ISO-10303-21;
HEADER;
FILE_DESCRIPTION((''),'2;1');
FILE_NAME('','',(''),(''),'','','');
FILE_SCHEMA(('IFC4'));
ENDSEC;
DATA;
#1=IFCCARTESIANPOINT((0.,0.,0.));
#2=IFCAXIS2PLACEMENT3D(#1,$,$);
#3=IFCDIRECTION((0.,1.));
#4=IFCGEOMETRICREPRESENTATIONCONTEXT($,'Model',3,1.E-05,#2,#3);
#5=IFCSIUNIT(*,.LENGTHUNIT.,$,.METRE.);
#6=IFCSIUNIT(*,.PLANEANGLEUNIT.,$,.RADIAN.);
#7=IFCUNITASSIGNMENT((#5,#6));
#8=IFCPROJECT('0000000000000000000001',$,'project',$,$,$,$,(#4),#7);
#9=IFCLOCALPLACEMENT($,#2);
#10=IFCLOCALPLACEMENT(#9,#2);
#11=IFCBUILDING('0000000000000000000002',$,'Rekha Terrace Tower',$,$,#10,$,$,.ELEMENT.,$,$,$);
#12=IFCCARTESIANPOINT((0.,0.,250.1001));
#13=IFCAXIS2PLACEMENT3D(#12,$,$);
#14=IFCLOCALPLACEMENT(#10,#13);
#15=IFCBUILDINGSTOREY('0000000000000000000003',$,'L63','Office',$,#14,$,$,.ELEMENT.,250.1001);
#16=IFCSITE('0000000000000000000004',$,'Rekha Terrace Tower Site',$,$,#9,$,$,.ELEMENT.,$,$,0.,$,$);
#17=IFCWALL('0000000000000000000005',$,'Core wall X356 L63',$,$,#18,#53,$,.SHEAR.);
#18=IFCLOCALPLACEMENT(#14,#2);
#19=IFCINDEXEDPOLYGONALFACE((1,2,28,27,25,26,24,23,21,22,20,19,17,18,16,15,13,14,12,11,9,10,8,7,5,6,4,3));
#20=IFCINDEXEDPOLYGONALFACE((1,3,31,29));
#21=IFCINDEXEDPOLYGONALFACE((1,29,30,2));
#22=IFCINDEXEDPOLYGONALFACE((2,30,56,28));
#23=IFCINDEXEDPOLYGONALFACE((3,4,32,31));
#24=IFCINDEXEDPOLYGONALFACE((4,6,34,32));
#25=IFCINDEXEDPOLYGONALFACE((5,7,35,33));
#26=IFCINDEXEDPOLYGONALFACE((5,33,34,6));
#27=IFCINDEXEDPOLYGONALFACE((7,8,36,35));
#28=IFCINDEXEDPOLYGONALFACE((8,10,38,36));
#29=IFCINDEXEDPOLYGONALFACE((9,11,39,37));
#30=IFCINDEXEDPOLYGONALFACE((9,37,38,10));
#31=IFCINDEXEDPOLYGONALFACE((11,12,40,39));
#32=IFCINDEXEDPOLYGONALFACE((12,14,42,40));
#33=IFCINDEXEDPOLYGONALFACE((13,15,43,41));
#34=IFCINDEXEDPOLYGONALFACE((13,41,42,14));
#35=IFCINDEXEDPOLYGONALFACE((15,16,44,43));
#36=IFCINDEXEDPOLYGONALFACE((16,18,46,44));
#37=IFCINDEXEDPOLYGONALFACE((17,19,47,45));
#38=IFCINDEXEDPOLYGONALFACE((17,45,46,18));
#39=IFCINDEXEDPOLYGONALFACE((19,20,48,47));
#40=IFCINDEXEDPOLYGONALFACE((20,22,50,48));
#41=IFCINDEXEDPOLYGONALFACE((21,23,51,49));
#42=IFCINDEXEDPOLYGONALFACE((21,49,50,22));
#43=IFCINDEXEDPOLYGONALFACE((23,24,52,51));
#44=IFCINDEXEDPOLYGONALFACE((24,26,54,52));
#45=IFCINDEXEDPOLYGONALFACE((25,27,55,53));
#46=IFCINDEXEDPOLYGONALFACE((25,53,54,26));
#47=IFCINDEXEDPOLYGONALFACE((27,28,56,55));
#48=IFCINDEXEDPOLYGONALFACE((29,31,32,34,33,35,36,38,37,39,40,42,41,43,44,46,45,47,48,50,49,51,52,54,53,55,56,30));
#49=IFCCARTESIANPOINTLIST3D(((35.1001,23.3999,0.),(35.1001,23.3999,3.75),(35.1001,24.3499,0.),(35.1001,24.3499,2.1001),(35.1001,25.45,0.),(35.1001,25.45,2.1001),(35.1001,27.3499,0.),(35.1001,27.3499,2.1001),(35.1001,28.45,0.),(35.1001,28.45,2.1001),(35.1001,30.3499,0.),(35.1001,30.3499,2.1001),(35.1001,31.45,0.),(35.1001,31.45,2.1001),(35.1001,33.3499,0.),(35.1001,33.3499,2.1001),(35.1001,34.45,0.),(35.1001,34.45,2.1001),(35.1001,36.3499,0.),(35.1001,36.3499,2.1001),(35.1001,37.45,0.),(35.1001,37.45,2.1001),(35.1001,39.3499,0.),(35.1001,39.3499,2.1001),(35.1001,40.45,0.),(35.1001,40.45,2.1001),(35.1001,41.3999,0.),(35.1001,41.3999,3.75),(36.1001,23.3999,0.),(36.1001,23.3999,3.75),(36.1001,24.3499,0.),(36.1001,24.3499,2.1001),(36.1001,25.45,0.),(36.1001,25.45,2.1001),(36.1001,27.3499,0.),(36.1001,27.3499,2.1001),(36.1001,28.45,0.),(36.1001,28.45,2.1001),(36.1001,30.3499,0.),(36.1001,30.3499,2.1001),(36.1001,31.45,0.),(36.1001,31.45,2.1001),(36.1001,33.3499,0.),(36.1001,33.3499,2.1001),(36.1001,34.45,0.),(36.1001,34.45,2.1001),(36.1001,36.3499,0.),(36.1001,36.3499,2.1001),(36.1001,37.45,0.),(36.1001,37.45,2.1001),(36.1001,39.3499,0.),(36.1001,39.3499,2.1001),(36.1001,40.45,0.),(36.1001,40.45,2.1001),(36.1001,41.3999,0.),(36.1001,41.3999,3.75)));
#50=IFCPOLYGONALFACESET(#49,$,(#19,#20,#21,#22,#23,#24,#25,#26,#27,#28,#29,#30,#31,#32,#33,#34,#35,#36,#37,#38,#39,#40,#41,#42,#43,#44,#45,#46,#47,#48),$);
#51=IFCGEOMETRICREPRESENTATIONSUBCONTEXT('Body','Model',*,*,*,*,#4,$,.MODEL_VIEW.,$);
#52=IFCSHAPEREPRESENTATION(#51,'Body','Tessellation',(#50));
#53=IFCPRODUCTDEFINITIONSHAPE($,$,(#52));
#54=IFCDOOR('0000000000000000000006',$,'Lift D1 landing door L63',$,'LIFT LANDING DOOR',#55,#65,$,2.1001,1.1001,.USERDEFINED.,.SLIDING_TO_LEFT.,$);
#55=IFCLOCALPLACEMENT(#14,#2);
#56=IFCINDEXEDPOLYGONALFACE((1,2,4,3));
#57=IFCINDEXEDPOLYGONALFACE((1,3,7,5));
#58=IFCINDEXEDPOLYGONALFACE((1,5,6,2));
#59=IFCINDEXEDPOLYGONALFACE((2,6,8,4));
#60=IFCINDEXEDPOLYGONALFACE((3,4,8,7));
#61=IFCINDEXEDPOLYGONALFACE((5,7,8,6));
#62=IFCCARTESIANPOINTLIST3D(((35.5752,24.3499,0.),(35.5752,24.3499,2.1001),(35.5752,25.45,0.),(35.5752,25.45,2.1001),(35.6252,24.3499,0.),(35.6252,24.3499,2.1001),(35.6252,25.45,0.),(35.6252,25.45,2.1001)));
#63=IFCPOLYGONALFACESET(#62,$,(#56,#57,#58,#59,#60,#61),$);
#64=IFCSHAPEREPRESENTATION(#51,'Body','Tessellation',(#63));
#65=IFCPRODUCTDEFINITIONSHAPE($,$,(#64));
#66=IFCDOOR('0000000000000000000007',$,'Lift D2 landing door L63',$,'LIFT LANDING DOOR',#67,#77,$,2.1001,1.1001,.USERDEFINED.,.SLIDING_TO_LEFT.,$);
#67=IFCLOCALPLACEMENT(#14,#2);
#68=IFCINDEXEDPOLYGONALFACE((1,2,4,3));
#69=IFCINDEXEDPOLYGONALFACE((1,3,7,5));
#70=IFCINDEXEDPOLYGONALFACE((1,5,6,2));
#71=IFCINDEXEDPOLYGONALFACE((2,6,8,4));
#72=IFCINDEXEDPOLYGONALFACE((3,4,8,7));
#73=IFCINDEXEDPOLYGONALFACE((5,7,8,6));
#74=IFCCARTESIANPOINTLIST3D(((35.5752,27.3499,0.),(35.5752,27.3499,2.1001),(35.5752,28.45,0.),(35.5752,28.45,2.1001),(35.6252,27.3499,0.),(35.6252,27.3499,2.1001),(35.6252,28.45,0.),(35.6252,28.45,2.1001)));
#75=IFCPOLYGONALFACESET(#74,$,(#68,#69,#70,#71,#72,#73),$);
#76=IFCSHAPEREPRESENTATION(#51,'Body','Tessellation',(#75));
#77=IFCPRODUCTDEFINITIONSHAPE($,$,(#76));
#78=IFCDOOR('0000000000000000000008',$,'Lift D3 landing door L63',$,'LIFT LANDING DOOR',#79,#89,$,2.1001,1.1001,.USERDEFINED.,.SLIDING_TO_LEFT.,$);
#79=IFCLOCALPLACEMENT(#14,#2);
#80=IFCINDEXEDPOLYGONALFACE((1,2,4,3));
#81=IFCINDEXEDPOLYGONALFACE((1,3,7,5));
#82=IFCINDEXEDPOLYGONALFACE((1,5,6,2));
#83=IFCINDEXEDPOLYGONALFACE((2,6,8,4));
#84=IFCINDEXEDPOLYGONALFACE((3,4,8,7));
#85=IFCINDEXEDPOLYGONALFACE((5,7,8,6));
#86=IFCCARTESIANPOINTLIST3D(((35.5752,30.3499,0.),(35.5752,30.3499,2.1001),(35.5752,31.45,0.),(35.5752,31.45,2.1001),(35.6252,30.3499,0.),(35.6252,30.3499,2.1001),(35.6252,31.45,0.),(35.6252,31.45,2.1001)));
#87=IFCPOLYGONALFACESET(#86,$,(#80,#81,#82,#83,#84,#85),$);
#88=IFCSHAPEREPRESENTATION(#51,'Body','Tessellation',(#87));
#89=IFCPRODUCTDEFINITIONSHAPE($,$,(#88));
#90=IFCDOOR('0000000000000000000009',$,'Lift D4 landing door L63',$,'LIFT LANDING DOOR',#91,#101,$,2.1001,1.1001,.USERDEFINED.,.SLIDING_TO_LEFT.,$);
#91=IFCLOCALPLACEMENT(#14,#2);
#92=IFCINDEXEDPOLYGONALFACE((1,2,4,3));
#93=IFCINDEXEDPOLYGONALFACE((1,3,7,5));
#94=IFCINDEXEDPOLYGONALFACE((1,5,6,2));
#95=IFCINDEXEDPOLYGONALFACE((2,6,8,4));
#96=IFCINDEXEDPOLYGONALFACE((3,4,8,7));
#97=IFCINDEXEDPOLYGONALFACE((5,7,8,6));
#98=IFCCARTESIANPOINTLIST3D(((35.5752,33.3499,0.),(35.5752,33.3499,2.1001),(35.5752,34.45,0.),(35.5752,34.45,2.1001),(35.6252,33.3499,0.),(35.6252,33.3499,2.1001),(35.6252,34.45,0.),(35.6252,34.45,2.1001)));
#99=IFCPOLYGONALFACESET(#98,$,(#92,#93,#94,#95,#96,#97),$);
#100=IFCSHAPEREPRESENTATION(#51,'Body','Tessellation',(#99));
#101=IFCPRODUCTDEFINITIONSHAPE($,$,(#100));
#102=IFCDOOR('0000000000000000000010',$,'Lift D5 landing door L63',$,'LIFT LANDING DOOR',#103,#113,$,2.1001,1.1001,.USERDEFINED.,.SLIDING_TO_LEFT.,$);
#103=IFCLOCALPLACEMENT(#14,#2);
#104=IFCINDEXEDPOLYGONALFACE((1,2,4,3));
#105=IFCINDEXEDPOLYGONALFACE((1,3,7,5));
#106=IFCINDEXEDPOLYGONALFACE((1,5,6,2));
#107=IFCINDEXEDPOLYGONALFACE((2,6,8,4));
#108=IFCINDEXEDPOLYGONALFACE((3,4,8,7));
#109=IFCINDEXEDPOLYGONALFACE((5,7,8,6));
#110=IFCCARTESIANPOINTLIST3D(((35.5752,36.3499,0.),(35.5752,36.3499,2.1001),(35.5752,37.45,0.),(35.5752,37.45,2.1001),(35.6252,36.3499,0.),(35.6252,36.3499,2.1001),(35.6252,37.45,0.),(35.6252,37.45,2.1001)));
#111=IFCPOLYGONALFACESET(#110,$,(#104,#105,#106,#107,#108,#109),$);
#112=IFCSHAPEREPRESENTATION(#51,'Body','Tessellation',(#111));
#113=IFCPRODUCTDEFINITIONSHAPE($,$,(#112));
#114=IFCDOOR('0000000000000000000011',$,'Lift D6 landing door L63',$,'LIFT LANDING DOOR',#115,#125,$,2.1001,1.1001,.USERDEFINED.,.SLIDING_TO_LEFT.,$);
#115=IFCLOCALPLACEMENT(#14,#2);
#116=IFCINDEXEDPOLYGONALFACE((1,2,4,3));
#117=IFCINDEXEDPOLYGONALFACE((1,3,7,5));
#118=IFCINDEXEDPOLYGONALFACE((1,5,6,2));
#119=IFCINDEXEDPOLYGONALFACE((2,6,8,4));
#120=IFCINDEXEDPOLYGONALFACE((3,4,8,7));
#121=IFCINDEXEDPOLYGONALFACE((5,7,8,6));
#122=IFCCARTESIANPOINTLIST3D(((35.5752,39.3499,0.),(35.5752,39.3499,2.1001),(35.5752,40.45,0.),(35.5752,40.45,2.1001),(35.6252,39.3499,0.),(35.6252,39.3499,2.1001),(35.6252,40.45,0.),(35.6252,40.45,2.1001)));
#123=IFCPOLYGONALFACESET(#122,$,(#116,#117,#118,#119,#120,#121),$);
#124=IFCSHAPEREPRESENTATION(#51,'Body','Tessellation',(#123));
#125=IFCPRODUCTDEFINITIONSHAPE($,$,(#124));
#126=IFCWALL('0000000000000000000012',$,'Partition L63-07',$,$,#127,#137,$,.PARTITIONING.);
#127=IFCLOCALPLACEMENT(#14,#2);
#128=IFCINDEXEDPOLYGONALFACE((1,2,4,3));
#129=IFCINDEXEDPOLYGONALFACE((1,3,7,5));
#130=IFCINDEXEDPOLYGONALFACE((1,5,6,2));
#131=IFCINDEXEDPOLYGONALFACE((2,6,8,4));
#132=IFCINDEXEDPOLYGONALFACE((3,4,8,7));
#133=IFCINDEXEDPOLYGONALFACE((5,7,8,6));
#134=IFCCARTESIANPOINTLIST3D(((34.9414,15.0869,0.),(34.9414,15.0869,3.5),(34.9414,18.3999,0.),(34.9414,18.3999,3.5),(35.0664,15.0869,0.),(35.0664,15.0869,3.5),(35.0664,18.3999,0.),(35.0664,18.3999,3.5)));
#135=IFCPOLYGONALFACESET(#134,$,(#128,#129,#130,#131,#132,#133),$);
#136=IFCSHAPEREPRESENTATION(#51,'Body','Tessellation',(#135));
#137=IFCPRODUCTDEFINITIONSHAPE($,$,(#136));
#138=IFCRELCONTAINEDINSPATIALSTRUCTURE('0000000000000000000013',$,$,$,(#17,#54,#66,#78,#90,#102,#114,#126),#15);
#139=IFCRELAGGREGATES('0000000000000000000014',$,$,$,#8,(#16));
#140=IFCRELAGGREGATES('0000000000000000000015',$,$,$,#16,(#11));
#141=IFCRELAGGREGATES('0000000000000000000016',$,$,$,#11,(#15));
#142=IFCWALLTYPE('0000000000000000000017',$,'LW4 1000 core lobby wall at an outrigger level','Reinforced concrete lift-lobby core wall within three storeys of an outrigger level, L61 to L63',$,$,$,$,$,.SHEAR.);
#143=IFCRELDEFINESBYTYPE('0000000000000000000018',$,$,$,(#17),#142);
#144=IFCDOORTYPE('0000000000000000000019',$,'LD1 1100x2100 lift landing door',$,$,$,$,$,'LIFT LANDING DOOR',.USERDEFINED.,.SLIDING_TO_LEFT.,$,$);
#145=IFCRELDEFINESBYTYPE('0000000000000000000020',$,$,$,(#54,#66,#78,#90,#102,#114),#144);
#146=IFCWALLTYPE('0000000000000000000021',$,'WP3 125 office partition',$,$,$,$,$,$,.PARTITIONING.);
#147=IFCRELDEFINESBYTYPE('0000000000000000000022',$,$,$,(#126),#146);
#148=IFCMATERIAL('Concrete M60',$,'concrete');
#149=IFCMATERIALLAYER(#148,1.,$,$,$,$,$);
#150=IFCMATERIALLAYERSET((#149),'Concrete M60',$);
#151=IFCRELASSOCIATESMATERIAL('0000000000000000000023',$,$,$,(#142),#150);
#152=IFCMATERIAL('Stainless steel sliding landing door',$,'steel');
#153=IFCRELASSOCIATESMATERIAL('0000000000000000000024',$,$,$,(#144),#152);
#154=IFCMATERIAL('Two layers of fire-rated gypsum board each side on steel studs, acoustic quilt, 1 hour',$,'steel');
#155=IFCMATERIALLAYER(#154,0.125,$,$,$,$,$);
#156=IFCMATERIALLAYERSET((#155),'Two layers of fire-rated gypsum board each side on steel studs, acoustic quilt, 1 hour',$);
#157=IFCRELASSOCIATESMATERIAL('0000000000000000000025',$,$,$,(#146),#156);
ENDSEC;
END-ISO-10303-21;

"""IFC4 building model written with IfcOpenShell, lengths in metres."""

from ifc_helpers import new_model, si_unit, direction, frame, frame_2d, origin, place, context, subcontext, project, spatial, rectangle, extrude, material, layer, layer_set, type_object, element, fill, save


model = new_model("IFC4")

# Units and contexts
model_context = context("Model", 3, precision=1e-05, world=origin(), true_north=direction((0.0, 1.0)))
body_context = subcontext(model_context, "Body", "Model", "MODEL_VIEW")
ifc_project = project(units=[si_unit("LENGTHUNIT", "METRE"), si_unit("PLANEANGLEUNIT", "RADIAN")], contexts=[model_context])

# Site, building, storey
site_placement = place(None, origin())
site = spatial("IfcSite", under=ifc_project, at=site_placement, Name="Rekha Terrace Tower Site", CompositionType="ELEMENT", RefElevation=0.0)
building_placement = place(site_placement, origin())
building = spatial("IfcBuilding", under=site, at=building_placement, Name="Rekha Terrace Tower", CompositionType="ELEMENT")
storey_placement = place(building_placement, frame((0.0, 0.0, 250.1001)))
storey = spatial("IfcBuildingStorey", under=building, at=storey_placement, Name="L63", Description="Office", CompositionType="ELEMENT", Elevation=250.1001)

# Shared definitions
ifc_material_1 = material(Name="Concrete M60", Category="concrete")

# Wall, openings, doors
ifc_layer_1 = layer(ifc_material_1, 1.0)
ifc_layer_set_1 = layer_set([ifc_layer_1], Name="Concrete M60")
wall_type_1 = type_object("IfcWallType", Name="LW4 1000 core lobby wall at an outrigger level", Description="Reinforced concrete lift-lobby core wall within three storeys of an outrigger level, L61 to L63", PredefinedType="SHEAR", material=ifc_layer_set_1)
wall_1_placement = place(storey_placement, frame((35.6001, 23.3999, 0.0), z_axis=(0.0, 0.0, 1.0), x_axis=(0.0, 1.0, 0.0)))
wall_1 = element("IfcWall", 1, at=wall_1_placement, inside=storey, type_object=wall_type_1, Name="Core wall X356 L63", PredefinedType="SHEAR", context=body_context, shape_type="SweptSolid", body=[
    extrude(rectangle(XDim=18.0, YDim=1.0, at=frame_2d((9.0, 0.0))), origin(), (0.0, 0.0, 1.0), 3.75),
])
opening_1_placement = place(wall_1_placement, frame((0.95, 0.0, 0.0)))
opening_1 = element("IfcOpeningElement", 2, at=opening_1_placement, cuts=wall_1, PredefinedType="OPENING", context=body_context, shape_type="SweptSolid", body=[
    extrude(rectangle(XDim=1.1001, YDim=2.1001, at=frame_2d((0.55, 1.05))), frame((0.0, 0.51, 0.0), z_axis=(0.0, -1.0, 0.0), x_axis=(1.0, 0.0, 0.0)), (0.0, 0.0, 1.0), 1.02),
])
opening_2_placement = place(wall_1_placement, frame((3.95, 0.0, 0.0)))
opening_2 = element("IfcOpeningElement", 3, at=opening_2_placement, cuts=wall_1, PredefinedType="OPENING", context=body_context, shape_type="SweptSolid", body=[
    extrude(rectangle(XDim=1.1001, YDim=2.1001, at=frame_2d((0.55, 1.05))), frame((0.0, 0.51, 0.0), z_axis=(0.0, -1.0, 0.0), x_axis=(1.0, 0.0, 0.0)), (0.0, 0.0, 1.0), 1.02),
])
opening_3_placement = place(wall_1_placement, frame((6.95, 0.0, 0.0)))
opening_3 = element("IfcOpeningElement", 4, at=opening_3_placement, cuts=wall_1, PredefinedType="OPENING", context=body_context, shape_type="SweptSolid", body=[
    extrude(rectangle(XDim=1.1001, YDim=2.1001, at=frame_2d((0.55, 1.05))), frame((0.0, 0.51, 0.0), z_axis=(0.0, -1.0, 0.0), x_axis=(1.0, 0.0, 0.0)), (0.0, 0.0, 1.0), 1.02),
])
opening_4_placement = place(wall_1_placement, frame((9.95, 0.0, 0.0)))
opening_4 = element("IfcOpeningElement", 5, at=opening_4_placement, cuts=wall_1, PredefinedType="OPENING", context=body_context, shape_type="SweptSolid", body=[
    extrude(rectangle(XDim=1.1001, YDim=2.1001, at=frame_2d((0.55, 1.05))), frame((0.0, 0.51, 0.0), z_axis=(0.0, -1.0, 0.0), x_axis=(1.0, 0.0, 0.0)), (0.0, 0.0, 1.0), 1.02),
])
opening_5_placement = place(wall_1_placement, frame((12.95, 0.0, 0.0)))
opening_5 = element("IfcOpeningElement", 6, at=opening_5_placement, cuts=wall_1, PredefinedType="OPENING", context=body_context, shape_type="SweptSolid", body=[
    extrude(rectangle(XDim=1.1001, YDim=2.1001, at=frame_2d((0.55, 1.05))), frame((0.0, 0.51, 0.0), z_axis=(0.0, -1.0, 0.0), x_axis=(1.0, 0.0, 0.0)), (0.0, 0.0, 1.0), 1.02),
])
opening_6_placement = place(wall_1_placement, frame((15.95, 0.0, 0.0)))
opening_6 = element("IfcOpeningElement", 7, at=opening_6_placement, cuts=wall_1, PredefinedType="OPENING", context=body_context, shape_type="SweptSolid", body=[
    extrude(rectangle(XDim=1.1001, YDim=2.1001, at=frame_2d((0.55, 1.05))), frame((0.0, 0.51, 0.0), z_axis=(0.0, -1.0, 0.0), x_axis=(1.0, 0.0, 0.0)), (0.0, 0.0, 1.0), 1.02),
])
ifc_material_2 = material(Name="Stainless steel sliding landing door", Category="steel")
door_type_1 = type_object("IfcDoorType", Name="LD1 1100x2100 lift landing door", ElementType="LIFT LANDING DOOR", OperationType="SLIDING_TO_LEFT", PredefinedType="USERDEFINED", material=ifc_material_2)
door_1_placement = place(opening_1_placement, origin())
door_1 = element("IfcDoor", 8, at=door_1_placement, inside=storey, type_object=door_type_1, Name="Lift D1 landing door L63", ObjectType="LIFT LANDING DOOR", OperationType="SLIDING_TO_LEFT", OverallHeight=2.1001, OverallWidth=1.1001, PredefinedType="USERDEFINED", context=body_context, shape_type="SweptSolid", body=[
    extrude(rectangle(XDim=1.1001, YDim=2.1001, at=frame_2d((0.55, 1.05))), frame((0.0, 0.0249, 0.0), z_axis=(0.0, -1.0, 0.0), x_axis=(1.0, 0.0, 0.0)), (0.0, 0.0, 1.0), 0.05),
])
fill(opening_1, door_1)
door_2_placement = place(opening_2_placement, origin())
door_2 = element("IfcDoor", 9, at=door_2_placement, inside=storey, type_object=door_type_1, Name="Lift D2 landing door L63", ObjectType="LIFT LANDING DOOR", OperationType="SLIDING_TO_LEFT", OverallHeight=2.1001, OverallWidth=1.1001, PredefinedType="USERDEFINED", context=body_context, shape_type="SweptSolid", body=[
    extrude(rectangle(XDim=1.1001, YDim=2.1001, at=frame_2d((0.55, 1.05))), frame((0.0, 0.0249, 0.0), z_axis=(0.0, -1.0, 0.0), x_axis=(1.0, 0.0, 0.0)), (0.0, 0.0, 1.0), 0.05),
])
fill(opening_2, door_2)
door_3_placement = place(opening_3_placement, origin())
door_3 = element("IfcDoor", 10, at=door_3_placement, inside=storey, type_object=door_type_1, Name="Lift D3 landing door L63", ObjectType="LIFT LANDING DOOR", OperationType="SLIDING_TO_LEFT", OverallHeight=2.1001, OverallWidth=1.1001, PredefinedType="USERDEFINED", context=body_context, shape_type="SweptSolid", body=[
    extrude(rectangle(XDim=1.1001, YDim=2.1001, at=frame_2d((0.55, 1.05))), frame((0.0, 0.0249, 0.0), z_axis=(0.0, -1.0, 0.0), x_axis=(1.0, 0.0, 0.0)), (0.0, 0.0, 1.0), 0.05),
])
fill(opening_3, door_3)
door_4_placement = place(opening_4_placement, origin())
door_4 = element("IfcDoor", 11, at=door_4_placement, inside=storey, type_object=door_type_1, Name="Lift D4 landing door L63", ObjectType="LIFT LANDING DOOR", OperationType="SLIDING_TO_LEFT", OverallHeight=2.1001, OverallWidth=1.1001, PredefinedType="USERDEFINED", context=body_context, shape_type="SweptSolid", body=[
    extrude(rectangle(XDim=1.1001, YDim=2.1001, at=frame_2d((0.55, 1.05))), frame((0.0, 0.0249, 0.0), z_axis=(0.0, -1.0, 0.0), x_axis=(1.0, 0.0, 0.0)), (0.0, 0.0, 1.0), 0.05),
])
fill(opening_4, door_4)
door_5_placement = place(opening_5_placement, origin())
door_5 = element("IfcDoor", 12, at=door_5_placement, inside=storey, type_object=door_type_1, Name="Lift D5 landing door L63", ObjectType="LIFT LANDING DOOR", OperationType="SLIDING_TO_LEFT", OverallHeight=2.1001, OverallWidth=1.1001, PredefinedType="USERDEFINED", context=body_context, shape_type="SweptSolid", body=[
    extrude(rectangle(XDim=1.1001, YDim=2.1001, at=frame_2d((0.55, 1.05))), frame((0.0, 0.0249, 0.0), z_axis=(0.0, -1.0, 0.0), x_axis=(1.0, 0.0, 0.0)), (0.0, 0.0, 1.0), 0.05),
])
fill(opening_5, door_5)
door_6_placement = place(opening_6_placement, origin())
door_6 = element("IfcDoor", 13, at=door_6_placement, inside=storey, type_object=door_type_1, Name="Lift D6 landing door L63", ObjectType="LIFT LANDING DOOR", OperationType="SLIDING_TO_LEFT", OverallHeight=2.1001, OverallWidth=1.1001, PredefinedType="USERDEFINED", context=body_context, shape_type="SweptSolid", body=[
    extrude(rectangle(XDim=1.1001, YDim=2.1001, at=frame_2d((0.55, 1.05))), frame((0.0, 0.0249, 0.0), z_axis=(0.0, -1.0, 0.0), x_axis=(1.0, 0.0, 0.0)), (0.0, 0.0, 1.0), 0.05),
])
fill(opening_6, door_6)

# Wall
ifc_material_3 = material(Name="Two layers of fire-rated gypsum board each side on steel studs, acoustic quilt, 1 hour", Category="steel")
ifc_layer_2 = layer(ifc_material_3, 0.125)
ifc_layer_set_2 = layer_set([ifc_layer_2], Name="Two layers of fire-rated gypsum board each side on steel studs, acoustic quilt, 1 hour")
wall_type_2 = type_object("IfcWallType", Name="WP3 125 office partition", PredefinedType="PARTITIONING", material=ifc_layer_set_2)
wall_2_placement = place(storey_placement, frame((35.0039, 15.0869, 0.0), z_axis=(0.0, 0.0, 1.0), x_axis=(0.0, 1.0, 0.0)))
element("IfcWall", 14, at=wall_2_placement, inside=storey, type_object=wall_type_2, Name="Partition L63-07", PredefinedType="PARTITIONING", context=body_context, shape_type="SweptSolid", body=[
    extrude(rectangle(XDim=3.313, YDim=0.125, at=frame_2d((1.6565, 0.0))), origin(), (0.0, 0.0, 1.0), 3.5),
])

save(model, "model.ifc")
